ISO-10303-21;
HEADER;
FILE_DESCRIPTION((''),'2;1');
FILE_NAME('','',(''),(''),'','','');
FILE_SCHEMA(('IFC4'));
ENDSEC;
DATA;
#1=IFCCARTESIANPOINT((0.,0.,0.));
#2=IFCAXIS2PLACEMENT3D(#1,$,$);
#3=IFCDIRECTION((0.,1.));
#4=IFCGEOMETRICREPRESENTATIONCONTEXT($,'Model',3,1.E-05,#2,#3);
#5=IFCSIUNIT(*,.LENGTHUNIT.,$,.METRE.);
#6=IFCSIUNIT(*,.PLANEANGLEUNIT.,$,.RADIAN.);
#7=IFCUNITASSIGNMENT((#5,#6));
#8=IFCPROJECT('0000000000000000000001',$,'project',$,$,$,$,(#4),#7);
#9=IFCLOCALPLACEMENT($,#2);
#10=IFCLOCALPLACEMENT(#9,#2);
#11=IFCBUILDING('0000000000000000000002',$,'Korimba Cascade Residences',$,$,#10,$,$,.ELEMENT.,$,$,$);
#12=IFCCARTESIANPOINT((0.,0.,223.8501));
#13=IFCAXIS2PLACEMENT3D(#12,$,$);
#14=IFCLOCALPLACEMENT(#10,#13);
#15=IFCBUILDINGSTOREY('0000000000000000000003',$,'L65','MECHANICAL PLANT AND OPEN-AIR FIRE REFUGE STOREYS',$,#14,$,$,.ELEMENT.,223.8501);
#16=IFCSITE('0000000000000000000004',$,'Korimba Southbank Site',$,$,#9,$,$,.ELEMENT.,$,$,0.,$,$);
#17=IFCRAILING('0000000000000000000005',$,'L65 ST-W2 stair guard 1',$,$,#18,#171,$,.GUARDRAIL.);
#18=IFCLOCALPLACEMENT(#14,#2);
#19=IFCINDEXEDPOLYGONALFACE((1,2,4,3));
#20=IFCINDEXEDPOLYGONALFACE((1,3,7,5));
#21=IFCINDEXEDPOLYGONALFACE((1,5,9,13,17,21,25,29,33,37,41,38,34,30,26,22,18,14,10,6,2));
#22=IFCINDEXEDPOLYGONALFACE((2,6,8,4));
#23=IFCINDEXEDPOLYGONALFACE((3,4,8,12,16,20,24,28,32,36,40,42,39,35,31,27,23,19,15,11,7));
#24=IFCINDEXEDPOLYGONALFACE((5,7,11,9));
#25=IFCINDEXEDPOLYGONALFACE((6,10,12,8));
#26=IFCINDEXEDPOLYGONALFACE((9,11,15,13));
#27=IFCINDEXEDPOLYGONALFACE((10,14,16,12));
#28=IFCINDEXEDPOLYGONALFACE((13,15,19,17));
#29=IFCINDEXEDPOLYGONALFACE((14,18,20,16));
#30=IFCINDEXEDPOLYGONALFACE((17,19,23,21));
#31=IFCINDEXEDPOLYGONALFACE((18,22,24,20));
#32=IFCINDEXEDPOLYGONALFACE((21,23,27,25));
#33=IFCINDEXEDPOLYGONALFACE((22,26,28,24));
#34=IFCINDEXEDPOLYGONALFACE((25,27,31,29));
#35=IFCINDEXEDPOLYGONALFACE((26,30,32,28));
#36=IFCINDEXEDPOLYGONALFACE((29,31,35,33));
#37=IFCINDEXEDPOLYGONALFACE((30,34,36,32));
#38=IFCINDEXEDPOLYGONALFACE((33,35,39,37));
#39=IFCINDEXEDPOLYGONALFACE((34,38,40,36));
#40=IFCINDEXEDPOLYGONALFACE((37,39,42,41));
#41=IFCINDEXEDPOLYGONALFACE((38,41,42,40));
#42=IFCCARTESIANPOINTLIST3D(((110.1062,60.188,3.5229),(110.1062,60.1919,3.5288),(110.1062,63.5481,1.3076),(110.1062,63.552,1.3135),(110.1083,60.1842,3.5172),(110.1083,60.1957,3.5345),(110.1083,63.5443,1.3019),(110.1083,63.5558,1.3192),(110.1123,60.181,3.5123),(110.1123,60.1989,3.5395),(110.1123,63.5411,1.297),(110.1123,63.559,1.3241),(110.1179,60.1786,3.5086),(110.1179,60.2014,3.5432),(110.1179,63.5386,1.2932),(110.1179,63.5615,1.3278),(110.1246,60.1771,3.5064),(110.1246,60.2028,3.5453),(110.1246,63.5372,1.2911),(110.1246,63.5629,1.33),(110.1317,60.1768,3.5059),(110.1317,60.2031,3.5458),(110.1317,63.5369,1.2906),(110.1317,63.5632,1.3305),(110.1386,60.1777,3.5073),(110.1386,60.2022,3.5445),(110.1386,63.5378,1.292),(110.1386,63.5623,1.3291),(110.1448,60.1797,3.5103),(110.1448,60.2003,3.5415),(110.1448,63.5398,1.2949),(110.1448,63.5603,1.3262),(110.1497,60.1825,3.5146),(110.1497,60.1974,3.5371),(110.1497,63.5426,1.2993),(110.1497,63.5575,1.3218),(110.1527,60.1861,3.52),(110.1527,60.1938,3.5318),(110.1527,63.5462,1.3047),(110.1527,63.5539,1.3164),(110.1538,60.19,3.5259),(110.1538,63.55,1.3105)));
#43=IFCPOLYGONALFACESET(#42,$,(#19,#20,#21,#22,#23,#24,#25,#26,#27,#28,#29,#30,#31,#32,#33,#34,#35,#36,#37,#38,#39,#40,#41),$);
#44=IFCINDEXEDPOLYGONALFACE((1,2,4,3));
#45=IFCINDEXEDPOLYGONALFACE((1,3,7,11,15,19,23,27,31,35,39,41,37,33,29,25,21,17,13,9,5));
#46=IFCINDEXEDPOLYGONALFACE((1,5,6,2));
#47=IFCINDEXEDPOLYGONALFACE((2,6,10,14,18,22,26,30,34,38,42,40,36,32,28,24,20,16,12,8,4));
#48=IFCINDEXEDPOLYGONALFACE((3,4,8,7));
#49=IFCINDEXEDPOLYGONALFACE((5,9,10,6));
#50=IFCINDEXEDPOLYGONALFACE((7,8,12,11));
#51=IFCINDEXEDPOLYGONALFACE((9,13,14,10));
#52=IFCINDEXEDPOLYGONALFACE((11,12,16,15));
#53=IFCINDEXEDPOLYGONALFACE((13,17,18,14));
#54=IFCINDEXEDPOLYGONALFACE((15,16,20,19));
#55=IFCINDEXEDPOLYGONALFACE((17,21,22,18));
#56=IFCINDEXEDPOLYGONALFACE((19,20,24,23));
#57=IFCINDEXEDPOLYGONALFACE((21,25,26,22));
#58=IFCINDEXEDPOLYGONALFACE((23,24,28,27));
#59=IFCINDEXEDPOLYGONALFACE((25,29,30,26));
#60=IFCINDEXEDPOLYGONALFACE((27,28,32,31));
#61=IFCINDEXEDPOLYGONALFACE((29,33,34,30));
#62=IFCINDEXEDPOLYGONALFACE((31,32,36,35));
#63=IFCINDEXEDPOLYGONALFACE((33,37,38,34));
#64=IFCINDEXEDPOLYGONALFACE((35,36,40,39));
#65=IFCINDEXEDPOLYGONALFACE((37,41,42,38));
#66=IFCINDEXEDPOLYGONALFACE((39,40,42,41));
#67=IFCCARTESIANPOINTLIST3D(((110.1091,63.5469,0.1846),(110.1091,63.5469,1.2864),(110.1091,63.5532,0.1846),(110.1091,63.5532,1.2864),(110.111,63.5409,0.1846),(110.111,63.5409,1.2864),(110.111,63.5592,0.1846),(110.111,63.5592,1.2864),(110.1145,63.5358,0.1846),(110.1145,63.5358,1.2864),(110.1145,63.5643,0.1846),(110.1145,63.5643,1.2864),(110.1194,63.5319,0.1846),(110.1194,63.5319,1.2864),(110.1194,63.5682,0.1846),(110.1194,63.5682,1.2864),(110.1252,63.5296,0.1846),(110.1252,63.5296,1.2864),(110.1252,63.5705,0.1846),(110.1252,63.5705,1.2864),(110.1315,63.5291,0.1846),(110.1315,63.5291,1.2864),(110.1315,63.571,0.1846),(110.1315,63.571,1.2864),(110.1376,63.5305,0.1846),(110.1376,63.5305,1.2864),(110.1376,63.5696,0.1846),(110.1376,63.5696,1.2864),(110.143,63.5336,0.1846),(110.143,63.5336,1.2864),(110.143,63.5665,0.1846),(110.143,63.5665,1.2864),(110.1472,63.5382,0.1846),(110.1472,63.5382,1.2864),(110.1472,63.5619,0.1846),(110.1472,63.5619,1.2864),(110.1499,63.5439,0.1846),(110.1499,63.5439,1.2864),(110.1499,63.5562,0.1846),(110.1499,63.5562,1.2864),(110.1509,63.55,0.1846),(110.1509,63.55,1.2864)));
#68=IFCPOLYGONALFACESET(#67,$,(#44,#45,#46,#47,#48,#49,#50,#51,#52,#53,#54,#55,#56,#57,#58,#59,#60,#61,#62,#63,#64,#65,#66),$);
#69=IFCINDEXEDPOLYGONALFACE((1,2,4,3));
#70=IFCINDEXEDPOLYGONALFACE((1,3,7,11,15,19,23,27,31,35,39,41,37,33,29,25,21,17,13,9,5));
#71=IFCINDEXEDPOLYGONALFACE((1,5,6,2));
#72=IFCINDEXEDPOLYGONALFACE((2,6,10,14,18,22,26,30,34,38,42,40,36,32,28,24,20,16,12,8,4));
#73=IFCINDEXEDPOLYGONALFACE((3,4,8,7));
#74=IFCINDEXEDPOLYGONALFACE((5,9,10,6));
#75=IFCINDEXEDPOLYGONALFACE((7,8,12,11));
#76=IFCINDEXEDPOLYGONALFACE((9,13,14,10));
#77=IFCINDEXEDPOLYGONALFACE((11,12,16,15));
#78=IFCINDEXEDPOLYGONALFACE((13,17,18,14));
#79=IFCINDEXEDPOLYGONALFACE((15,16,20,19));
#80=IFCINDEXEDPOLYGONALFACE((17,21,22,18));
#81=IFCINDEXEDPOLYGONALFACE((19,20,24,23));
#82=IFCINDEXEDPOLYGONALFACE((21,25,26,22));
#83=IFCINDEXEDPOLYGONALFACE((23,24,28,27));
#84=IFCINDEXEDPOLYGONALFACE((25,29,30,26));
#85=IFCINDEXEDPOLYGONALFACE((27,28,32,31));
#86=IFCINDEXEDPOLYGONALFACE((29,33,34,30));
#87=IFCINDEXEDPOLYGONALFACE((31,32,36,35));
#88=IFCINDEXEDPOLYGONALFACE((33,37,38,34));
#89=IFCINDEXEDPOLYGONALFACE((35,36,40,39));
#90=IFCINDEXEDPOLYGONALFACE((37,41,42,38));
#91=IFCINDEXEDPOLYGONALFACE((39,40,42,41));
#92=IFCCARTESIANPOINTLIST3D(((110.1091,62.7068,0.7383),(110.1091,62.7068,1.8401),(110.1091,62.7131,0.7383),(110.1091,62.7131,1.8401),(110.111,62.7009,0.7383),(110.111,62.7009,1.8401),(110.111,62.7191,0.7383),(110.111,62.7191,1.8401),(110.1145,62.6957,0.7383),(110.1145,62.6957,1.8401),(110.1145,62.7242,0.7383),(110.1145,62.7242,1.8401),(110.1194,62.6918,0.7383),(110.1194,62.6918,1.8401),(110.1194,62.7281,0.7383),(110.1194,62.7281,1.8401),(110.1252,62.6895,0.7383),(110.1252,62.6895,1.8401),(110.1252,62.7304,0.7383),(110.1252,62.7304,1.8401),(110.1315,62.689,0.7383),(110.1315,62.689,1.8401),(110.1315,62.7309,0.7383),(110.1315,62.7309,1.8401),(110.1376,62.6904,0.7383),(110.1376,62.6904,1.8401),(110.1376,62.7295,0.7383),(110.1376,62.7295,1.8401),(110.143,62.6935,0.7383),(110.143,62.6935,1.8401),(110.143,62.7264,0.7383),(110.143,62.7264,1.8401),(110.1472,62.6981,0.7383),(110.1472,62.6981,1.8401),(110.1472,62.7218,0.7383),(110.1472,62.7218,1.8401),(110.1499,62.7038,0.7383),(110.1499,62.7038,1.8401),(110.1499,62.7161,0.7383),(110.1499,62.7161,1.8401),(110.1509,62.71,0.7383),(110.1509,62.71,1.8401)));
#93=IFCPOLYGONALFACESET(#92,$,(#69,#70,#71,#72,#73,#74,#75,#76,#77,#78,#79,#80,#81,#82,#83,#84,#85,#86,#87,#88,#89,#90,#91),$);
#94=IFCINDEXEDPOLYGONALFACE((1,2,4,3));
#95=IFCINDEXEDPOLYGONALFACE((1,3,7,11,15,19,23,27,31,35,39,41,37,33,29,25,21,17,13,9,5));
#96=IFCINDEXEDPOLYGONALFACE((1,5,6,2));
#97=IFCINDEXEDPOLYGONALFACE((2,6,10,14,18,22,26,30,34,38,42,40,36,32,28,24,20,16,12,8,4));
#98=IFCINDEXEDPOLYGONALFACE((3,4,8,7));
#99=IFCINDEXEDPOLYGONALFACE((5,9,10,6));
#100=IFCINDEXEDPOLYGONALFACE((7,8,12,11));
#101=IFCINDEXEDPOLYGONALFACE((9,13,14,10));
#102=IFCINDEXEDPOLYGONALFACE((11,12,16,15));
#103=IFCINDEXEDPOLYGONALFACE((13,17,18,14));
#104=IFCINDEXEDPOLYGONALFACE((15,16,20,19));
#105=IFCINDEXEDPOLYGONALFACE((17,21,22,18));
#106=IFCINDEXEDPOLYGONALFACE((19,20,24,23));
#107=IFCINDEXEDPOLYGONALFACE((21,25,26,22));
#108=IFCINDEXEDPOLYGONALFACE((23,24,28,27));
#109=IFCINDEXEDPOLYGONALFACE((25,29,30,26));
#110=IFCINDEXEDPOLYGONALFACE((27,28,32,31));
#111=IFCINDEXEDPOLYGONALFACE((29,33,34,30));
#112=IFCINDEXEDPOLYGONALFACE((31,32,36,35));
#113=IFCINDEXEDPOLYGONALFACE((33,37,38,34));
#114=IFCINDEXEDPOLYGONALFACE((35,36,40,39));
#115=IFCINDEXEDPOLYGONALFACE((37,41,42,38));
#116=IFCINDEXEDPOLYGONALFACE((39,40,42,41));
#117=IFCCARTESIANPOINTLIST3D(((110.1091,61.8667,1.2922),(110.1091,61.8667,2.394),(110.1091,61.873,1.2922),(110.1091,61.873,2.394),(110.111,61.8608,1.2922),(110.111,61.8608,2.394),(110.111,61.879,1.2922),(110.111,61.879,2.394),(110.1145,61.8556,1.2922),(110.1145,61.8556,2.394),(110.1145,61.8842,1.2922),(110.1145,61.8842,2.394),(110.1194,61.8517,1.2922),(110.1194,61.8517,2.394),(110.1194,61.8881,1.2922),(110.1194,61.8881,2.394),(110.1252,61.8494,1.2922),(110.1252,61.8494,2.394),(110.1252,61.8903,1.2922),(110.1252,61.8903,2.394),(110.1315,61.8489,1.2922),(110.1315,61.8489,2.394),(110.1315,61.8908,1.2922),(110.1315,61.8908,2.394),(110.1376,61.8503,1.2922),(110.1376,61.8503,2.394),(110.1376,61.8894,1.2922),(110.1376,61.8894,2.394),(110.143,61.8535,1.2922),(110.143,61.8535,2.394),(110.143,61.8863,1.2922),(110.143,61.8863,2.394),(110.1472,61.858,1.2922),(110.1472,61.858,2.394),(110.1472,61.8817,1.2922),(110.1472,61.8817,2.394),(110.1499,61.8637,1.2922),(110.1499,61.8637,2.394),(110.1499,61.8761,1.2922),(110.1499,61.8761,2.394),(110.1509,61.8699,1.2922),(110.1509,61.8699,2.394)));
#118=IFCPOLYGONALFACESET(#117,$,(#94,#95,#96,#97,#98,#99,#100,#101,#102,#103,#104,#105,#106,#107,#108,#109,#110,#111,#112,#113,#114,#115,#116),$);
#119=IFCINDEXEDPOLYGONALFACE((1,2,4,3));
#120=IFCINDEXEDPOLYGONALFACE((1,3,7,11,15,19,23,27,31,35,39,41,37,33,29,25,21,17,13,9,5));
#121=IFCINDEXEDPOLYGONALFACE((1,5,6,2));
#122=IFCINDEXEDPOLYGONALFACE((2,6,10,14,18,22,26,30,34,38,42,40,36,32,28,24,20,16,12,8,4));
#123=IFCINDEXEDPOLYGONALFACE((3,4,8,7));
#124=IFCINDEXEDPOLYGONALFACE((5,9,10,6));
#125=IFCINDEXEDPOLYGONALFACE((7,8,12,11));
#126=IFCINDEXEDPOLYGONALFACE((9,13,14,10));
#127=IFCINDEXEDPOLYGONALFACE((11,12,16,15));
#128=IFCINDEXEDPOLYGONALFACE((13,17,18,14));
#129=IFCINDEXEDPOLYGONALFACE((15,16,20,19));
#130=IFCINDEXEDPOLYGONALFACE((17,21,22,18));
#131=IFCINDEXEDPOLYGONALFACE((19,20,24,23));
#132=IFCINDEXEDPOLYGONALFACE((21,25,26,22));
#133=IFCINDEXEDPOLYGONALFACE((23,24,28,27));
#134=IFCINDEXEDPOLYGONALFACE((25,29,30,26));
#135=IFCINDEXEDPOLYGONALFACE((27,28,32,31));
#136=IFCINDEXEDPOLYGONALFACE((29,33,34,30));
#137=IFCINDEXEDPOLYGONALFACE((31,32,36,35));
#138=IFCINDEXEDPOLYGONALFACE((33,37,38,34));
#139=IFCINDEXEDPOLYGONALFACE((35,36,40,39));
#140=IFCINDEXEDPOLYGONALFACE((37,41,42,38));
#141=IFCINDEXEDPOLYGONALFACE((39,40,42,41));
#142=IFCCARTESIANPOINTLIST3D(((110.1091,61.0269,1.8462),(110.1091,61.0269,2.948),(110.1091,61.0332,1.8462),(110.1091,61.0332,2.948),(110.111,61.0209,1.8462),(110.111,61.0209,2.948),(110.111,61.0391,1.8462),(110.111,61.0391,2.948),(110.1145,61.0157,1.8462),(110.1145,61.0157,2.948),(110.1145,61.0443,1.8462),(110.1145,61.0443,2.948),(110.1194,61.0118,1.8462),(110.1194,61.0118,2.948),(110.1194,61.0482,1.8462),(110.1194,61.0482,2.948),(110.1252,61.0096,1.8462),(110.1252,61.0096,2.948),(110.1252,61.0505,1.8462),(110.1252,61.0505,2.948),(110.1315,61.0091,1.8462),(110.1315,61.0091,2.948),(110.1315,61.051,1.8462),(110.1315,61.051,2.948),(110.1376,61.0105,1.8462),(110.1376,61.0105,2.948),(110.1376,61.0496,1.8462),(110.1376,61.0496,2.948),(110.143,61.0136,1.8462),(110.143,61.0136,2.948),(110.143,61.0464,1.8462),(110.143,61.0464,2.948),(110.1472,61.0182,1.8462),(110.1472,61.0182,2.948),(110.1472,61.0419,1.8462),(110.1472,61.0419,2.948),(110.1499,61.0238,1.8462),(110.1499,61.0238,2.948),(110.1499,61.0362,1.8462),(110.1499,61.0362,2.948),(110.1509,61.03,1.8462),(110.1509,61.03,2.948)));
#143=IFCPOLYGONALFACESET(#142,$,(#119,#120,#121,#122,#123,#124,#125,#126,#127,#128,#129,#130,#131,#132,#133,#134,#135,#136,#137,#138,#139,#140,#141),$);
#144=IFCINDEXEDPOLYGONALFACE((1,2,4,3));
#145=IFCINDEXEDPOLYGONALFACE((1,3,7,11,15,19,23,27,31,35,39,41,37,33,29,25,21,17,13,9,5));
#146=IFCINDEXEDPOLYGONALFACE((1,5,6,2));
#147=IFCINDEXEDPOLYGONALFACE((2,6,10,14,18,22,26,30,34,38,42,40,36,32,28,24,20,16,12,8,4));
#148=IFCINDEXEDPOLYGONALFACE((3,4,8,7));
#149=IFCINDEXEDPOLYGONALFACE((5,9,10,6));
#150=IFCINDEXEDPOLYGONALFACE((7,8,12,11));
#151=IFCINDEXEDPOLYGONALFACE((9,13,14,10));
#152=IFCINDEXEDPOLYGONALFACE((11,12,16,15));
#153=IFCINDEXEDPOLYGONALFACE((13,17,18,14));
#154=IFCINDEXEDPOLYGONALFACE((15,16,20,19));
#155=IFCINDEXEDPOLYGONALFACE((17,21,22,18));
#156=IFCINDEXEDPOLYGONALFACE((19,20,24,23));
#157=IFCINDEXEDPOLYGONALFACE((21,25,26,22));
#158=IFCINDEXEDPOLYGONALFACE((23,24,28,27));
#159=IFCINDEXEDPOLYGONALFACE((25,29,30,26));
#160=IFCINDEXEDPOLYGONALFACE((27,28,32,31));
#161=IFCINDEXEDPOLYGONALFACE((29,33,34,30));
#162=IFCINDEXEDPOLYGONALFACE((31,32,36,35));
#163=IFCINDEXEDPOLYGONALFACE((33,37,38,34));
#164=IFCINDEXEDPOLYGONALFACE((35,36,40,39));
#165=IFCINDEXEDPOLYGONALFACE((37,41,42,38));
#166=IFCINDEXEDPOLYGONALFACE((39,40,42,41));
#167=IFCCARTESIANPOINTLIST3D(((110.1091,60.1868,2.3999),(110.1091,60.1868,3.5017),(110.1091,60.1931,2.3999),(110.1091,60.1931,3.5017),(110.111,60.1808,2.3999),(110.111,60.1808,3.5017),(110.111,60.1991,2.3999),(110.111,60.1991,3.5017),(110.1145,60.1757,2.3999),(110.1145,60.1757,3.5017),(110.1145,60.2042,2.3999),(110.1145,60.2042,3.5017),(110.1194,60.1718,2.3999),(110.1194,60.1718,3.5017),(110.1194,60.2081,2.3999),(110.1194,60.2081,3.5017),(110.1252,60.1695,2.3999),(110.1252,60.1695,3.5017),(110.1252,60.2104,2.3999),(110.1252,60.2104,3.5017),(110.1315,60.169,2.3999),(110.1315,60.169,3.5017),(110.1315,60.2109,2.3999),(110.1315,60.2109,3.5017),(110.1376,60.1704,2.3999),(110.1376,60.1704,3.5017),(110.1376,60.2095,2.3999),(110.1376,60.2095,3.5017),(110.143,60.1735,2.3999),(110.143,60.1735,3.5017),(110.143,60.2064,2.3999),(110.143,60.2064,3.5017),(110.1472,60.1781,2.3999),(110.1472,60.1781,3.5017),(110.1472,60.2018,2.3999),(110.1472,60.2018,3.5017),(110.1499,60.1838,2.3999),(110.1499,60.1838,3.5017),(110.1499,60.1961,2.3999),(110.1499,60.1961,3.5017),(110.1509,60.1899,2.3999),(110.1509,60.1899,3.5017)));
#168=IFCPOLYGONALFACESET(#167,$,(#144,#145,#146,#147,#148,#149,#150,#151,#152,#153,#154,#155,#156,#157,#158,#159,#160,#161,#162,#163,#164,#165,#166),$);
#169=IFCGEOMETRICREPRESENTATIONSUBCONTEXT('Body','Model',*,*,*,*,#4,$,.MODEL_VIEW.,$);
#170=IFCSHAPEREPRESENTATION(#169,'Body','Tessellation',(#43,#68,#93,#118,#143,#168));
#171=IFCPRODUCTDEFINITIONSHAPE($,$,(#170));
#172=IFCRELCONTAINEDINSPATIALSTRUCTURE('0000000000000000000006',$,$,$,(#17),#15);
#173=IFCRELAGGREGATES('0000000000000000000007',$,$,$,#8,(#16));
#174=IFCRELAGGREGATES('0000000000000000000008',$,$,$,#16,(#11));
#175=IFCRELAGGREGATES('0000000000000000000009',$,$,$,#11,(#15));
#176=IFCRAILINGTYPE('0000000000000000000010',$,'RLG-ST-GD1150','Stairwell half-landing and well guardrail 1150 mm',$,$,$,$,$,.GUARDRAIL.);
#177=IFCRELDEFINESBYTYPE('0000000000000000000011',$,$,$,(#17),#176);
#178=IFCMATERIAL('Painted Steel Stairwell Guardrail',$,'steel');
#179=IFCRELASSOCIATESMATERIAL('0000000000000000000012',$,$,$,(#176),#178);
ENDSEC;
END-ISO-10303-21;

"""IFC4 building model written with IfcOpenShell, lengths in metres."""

from ifc_helpers import new_model, si_unit, direction, frame, origin, origin_2d, place, context, subcontext, project, spatial, circle, extrude, material, type_object, element, save


model = new_model("IFC4")

# Units and contexts
model_context = context("Model", 3, precision=1e-05, world=origin(), true_north=direction((0.0, 1.0)))
body_context = subcontext(model_context, "Body", "Model", "MODEL_VIEW")
ifc_project = project(units=[si_unit("LENGTHUNIT", "METRE"), si_unit("PLANEANGLEUNIT", "RADIAN")], contexts=[model_context])

# Site, building, storey
site_placement = place(None, origin())
site = spatial("IfcSite", under=ifc_project, at=site_placement, Name="Korimba Southbank Site", CompositionType="ELEMENT", RefElevation=0.0)
building_placement = place(site_placement, origin())
building = spatial("IfcBuilding", under=site, at=building_placement, Name="Korimba Cascade Residences", CompositionType="ELEMENT")
storey_placement = place(building_placement, frame((0.0, 0.0, 223.8501)))
storey = spatial("IfcBuildingStorey", under=building, at=storey_placement, Name="L65", Description="MECHANICAL PLANT AND OPEN-AIR FIRE REFUGE STOREYS", CompositionType="ELEMENT", Elevation=223.8501)

# Railing
ifc_material_1 = material(Name="Painted Steel Stairwell Guardrail", Category="steel")
railing_type_1 = type_object("IfcRailingType", Name="RLG-ST-GD1150", Description="Stairwell half-landing and well guardrail 1150 mm", PredefinedType="GUARDRAIL", material=ifc_material_1)
railing_1_placement = place(storey_placement, frame((110.1299, 63.55, 0.1846)))
element("IfcRailing", 1, at=railing_1_placement, inside=storey, type_object=railing_type_1, Name="L65 ST-W2 stair guard 1", PredefinedType="GUARDRAIL", context=body_context, shape_type="SweptSolid", body=[
    extrude(circle(Radius=0.0239, at=origin_2d()), frame((0.0, 0.0, 1.126), z_axis=(0.0, -0.834876, 0.550437), x_axis=(1.0, 0.0, 0.0)), (0.0, 0.0, 1.0), 4.0247),
    extrude(circle(Radius=0.021, at=origin_2d()), origin(), (0.0, 0.0, 1.0), 1.1018),
    extrude(circle(Radius=0.021, at=origin_2d()), frame((0.0, -0.8401, 0.5537)), (0.0, 0.0, 1.0), 1.1018),
    extrude(circle(Radius=0.021, at=origin_2d()), frame((0.0, -1.6802, 1.1077)), (0.0, 0.0, 1.0), 1.1018),
    extrude(circle(Radius=0.021, at=origin_2d()), frame((0.0, -2.52, 1.6616)), (0.0, 0.0, 1.0), 1.1018),
    extrude(circle(Radius=0.021, at=origin_2d()), frame((0.0, -3.3601, 2.2153)), (0.0, 0.0, 1.0), 1.1018),
])

save(model, "model.ifc")
